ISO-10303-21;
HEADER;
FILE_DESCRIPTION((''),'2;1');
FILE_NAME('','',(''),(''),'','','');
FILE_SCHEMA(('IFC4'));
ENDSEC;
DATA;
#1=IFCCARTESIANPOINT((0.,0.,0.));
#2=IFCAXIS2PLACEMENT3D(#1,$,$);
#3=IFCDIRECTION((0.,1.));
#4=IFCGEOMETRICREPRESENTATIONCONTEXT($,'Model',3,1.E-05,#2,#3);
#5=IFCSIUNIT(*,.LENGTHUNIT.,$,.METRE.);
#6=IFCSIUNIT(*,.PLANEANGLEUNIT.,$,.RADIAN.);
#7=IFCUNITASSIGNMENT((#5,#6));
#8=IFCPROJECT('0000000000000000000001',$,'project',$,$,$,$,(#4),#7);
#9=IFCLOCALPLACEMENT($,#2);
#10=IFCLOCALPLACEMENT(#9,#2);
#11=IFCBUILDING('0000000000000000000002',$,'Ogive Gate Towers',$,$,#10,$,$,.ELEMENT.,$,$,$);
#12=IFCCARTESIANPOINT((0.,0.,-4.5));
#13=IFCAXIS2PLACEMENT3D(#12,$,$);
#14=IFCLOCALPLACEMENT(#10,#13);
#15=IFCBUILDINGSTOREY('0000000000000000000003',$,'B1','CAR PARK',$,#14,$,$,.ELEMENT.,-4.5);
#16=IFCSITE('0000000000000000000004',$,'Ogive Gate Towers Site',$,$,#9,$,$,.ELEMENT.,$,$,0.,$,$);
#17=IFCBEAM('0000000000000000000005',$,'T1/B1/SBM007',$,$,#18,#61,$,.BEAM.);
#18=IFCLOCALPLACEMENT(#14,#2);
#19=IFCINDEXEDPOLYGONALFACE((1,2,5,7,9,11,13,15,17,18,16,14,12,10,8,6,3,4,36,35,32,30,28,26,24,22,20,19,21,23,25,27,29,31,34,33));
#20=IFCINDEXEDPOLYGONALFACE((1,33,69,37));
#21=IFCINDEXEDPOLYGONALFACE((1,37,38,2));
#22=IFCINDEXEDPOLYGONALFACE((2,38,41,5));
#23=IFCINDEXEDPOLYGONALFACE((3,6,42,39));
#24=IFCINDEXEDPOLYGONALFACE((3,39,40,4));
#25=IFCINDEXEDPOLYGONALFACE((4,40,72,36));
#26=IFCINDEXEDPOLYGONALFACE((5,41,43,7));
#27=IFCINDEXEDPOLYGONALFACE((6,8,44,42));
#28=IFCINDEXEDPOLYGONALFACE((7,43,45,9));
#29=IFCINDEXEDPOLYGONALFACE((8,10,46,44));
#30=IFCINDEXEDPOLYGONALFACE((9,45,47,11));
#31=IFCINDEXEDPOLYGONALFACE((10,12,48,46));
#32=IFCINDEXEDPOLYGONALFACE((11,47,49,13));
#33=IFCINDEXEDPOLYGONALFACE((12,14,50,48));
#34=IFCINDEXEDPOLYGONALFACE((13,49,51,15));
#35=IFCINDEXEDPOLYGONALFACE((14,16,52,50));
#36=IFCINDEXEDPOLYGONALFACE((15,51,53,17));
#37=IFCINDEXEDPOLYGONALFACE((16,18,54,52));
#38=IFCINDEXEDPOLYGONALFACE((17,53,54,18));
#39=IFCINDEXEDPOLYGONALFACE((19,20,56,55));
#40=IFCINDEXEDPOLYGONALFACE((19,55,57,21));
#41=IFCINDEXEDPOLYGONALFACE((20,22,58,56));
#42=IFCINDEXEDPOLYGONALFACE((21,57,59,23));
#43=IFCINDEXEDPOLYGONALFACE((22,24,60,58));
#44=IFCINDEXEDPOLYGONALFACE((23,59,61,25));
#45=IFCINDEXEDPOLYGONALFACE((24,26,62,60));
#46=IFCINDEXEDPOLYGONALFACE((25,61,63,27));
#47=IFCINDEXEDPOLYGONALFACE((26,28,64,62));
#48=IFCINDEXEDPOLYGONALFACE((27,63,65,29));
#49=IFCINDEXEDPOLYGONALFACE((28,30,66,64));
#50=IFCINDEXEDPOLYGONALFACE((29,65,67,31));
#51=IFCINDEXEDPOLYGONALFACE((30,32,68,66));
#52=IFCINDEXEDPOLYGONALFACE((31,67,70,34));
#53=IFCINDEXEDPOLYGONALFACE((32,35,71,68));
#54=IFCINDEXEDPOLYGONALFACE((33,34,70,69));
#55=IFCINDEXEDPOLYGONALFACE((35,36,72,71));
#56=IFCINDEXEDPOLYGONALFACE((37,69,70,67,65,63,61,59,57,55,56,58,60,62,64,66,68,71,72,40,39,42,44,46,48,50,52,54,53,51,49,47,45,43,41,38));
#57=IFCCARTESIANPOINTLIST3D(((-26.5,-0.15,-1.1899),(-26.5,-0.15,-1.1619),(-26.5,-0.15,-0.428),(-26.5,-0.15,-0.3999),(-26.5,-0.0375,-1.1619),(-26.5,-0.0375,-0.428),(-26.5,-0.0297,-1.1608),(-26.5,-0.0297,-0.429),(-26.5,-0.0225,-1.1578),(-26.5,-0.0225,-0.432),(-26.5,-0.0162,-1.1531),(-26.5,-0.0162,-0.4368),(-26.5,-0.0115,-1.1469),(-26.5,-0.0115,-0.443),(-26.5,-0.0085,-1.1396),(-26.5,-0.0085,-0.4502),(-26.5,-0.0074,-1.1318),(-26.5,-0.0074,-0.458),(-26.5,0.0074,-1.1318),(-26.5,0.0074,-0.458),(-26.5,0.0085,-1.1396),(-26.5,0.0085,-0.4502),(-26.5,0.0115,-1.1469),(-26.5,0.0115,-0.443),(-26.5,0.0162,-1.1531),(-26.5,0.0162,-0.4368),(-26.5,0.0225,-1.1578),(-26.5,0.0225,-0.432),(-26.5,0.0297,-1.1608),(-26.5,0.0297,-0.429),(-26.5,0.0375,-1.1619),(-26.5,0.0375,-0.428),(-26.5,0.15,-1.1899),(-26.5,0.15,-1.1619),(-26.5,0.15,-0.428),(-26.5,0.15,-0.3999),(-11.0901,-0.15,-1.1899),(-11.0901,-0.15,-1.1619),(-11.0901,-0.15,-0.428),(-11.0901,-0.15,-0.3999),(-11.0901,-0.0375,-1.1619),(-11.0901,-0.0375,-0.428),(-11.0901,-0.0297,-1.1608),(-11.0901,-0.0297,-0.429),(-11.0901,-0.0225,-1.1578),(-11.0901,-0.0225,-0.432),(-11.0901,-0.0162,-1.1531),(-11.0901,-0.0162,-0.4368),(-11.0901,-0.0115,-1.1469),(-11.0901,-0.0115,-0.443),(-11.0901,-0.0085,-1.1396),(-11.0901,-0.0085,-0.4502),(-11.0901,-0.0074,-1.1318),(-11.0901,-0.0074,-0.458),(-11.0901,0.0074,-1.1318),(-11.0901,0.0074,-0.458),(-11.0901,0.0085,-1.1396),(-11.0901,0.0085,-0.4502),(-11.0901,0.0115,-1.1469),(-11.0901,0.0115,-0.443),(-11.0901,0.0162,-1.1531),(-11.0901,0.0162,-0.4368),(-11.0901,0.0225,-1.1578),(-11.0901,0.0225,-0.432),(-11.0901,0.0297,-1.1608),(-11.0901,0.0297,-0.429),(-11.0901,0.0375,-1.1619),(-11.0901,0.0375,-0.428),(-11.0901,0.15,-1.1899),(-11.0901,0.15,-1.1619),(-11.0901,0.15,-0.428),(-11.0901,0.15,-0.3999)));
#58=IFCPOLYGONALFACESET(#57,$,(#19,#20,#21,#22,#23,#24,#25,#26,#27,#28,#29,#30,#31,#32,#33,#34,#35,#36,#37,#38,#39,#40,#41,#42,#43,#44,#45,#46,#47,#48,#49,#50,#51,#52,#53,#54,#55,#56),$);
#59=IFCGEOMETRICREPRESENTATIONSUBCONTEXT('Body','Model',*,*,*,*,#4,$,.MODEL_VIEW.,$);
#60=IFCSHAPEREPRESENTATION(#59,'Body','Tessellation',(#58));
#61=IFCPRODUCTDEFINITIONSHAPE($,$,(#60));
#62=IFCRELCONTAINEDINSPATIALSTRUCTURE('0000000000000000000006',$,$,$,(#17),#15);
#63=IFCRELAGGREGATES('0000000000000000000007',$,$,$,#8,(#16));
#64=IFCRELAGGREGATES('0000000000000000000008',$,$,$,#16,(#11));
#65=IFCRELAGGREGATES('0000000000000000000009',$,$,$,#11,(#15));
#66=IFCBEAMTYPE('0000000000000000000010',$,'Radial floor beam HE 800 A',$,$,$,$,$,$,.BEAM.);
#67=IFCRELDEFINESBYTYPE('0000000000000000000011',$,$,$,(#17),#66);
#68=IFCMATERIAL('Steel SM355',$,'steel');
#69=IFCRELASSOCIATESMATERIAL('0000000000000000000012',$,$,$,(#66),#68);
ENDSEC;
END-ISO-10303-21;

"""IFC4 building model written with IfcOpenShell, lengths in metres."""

from ifc_helpers import new_model, si_unit, direction, frame, origin, origin_2d, place, context, subcontext, project, spatial, i_section, extrude, material, material_profile, profile_set, type_object, element, save


model = new_model("IFC4")

# Units and contexts
model_context = context("Model", 3, precision=1e-05, world=origin(), true_north=direction((0.0, 1.0)))
body_context = subcontext(model_context, "Body", "Model", "MODEL_VIEW")
ifc_project = project(units=[si_unit("LENGTHUNIT", "METRE"), si_unit("PLANEANGLEUNIT", "RADIAN")], contexts=[model_context])

# Site, building, storey
site_placement = place(None, origin())
site = spatial("IfcSite", under=ifc_project, at=site_placement, Name="Ogive Gate Towers Site", CompositionType="ELEMENT", RefElevation=0.0)
building_placement = place(site_placement, origin())
building = spatial("IfcBuilding", under=site, at=building_placement, Name="Ogive Gate Towers", CompositionType="ELEMENT")
storey_placement = place(building_placement, frame((0.0, 0.0, -4.5)))
storey = spatial("IfcBuildingStorey", under=building, at=storey_placement, Name="B1", Description="CAR PARK", CompositionType="ELEMENT", Elevation=-4.5)

# Beam
ifc_material_1 = material(Name="Steel SM355", Category="steel")
ifc_material_profile_1 = material_profile(ifc_material_1, i_section(OverallWidth=0.3, OverallDepth=0.79, WebThickness=0.0149, FlangeThickness=0.0281, FilletRadius=0.03, at=origin_2d()), Name="HE 800 A")
ifc_profile_set_1 = profile_set([ifc_material_profile_1], Name="Steel SM355")
beam_type_1 = type_object("IfcBeamType", Name="Radial floor beam HE 800 A", PredefinedType="BEAM", material=ifc_profile_set_1)
beam_1_placement = place(storey_placement, frame((-26.5, 0.0, -0.7949), z_axis=(1.0, 0.0, 0.0), x_axis=(0.0, 1.0, 0.0)))
element("IfcBeam", 1, at=beam_1_placement, inside=storey, type_object=beam_type_1, Name="T1/B1/SBM007", PredefinedType="BEAM", context=body_context, shape_type="SweptSolid", body=[
    extrude(i_section(OverallWidth=0.3, OverallDepth=0.79, WebThickness=0.0149, FlangeThickness=0.0281, FilletRadius=0.03, at=origin_2d()), origin(), (0.0, 0.0, 1.0), 15.4099),
])

save(model, "model.ifc")
